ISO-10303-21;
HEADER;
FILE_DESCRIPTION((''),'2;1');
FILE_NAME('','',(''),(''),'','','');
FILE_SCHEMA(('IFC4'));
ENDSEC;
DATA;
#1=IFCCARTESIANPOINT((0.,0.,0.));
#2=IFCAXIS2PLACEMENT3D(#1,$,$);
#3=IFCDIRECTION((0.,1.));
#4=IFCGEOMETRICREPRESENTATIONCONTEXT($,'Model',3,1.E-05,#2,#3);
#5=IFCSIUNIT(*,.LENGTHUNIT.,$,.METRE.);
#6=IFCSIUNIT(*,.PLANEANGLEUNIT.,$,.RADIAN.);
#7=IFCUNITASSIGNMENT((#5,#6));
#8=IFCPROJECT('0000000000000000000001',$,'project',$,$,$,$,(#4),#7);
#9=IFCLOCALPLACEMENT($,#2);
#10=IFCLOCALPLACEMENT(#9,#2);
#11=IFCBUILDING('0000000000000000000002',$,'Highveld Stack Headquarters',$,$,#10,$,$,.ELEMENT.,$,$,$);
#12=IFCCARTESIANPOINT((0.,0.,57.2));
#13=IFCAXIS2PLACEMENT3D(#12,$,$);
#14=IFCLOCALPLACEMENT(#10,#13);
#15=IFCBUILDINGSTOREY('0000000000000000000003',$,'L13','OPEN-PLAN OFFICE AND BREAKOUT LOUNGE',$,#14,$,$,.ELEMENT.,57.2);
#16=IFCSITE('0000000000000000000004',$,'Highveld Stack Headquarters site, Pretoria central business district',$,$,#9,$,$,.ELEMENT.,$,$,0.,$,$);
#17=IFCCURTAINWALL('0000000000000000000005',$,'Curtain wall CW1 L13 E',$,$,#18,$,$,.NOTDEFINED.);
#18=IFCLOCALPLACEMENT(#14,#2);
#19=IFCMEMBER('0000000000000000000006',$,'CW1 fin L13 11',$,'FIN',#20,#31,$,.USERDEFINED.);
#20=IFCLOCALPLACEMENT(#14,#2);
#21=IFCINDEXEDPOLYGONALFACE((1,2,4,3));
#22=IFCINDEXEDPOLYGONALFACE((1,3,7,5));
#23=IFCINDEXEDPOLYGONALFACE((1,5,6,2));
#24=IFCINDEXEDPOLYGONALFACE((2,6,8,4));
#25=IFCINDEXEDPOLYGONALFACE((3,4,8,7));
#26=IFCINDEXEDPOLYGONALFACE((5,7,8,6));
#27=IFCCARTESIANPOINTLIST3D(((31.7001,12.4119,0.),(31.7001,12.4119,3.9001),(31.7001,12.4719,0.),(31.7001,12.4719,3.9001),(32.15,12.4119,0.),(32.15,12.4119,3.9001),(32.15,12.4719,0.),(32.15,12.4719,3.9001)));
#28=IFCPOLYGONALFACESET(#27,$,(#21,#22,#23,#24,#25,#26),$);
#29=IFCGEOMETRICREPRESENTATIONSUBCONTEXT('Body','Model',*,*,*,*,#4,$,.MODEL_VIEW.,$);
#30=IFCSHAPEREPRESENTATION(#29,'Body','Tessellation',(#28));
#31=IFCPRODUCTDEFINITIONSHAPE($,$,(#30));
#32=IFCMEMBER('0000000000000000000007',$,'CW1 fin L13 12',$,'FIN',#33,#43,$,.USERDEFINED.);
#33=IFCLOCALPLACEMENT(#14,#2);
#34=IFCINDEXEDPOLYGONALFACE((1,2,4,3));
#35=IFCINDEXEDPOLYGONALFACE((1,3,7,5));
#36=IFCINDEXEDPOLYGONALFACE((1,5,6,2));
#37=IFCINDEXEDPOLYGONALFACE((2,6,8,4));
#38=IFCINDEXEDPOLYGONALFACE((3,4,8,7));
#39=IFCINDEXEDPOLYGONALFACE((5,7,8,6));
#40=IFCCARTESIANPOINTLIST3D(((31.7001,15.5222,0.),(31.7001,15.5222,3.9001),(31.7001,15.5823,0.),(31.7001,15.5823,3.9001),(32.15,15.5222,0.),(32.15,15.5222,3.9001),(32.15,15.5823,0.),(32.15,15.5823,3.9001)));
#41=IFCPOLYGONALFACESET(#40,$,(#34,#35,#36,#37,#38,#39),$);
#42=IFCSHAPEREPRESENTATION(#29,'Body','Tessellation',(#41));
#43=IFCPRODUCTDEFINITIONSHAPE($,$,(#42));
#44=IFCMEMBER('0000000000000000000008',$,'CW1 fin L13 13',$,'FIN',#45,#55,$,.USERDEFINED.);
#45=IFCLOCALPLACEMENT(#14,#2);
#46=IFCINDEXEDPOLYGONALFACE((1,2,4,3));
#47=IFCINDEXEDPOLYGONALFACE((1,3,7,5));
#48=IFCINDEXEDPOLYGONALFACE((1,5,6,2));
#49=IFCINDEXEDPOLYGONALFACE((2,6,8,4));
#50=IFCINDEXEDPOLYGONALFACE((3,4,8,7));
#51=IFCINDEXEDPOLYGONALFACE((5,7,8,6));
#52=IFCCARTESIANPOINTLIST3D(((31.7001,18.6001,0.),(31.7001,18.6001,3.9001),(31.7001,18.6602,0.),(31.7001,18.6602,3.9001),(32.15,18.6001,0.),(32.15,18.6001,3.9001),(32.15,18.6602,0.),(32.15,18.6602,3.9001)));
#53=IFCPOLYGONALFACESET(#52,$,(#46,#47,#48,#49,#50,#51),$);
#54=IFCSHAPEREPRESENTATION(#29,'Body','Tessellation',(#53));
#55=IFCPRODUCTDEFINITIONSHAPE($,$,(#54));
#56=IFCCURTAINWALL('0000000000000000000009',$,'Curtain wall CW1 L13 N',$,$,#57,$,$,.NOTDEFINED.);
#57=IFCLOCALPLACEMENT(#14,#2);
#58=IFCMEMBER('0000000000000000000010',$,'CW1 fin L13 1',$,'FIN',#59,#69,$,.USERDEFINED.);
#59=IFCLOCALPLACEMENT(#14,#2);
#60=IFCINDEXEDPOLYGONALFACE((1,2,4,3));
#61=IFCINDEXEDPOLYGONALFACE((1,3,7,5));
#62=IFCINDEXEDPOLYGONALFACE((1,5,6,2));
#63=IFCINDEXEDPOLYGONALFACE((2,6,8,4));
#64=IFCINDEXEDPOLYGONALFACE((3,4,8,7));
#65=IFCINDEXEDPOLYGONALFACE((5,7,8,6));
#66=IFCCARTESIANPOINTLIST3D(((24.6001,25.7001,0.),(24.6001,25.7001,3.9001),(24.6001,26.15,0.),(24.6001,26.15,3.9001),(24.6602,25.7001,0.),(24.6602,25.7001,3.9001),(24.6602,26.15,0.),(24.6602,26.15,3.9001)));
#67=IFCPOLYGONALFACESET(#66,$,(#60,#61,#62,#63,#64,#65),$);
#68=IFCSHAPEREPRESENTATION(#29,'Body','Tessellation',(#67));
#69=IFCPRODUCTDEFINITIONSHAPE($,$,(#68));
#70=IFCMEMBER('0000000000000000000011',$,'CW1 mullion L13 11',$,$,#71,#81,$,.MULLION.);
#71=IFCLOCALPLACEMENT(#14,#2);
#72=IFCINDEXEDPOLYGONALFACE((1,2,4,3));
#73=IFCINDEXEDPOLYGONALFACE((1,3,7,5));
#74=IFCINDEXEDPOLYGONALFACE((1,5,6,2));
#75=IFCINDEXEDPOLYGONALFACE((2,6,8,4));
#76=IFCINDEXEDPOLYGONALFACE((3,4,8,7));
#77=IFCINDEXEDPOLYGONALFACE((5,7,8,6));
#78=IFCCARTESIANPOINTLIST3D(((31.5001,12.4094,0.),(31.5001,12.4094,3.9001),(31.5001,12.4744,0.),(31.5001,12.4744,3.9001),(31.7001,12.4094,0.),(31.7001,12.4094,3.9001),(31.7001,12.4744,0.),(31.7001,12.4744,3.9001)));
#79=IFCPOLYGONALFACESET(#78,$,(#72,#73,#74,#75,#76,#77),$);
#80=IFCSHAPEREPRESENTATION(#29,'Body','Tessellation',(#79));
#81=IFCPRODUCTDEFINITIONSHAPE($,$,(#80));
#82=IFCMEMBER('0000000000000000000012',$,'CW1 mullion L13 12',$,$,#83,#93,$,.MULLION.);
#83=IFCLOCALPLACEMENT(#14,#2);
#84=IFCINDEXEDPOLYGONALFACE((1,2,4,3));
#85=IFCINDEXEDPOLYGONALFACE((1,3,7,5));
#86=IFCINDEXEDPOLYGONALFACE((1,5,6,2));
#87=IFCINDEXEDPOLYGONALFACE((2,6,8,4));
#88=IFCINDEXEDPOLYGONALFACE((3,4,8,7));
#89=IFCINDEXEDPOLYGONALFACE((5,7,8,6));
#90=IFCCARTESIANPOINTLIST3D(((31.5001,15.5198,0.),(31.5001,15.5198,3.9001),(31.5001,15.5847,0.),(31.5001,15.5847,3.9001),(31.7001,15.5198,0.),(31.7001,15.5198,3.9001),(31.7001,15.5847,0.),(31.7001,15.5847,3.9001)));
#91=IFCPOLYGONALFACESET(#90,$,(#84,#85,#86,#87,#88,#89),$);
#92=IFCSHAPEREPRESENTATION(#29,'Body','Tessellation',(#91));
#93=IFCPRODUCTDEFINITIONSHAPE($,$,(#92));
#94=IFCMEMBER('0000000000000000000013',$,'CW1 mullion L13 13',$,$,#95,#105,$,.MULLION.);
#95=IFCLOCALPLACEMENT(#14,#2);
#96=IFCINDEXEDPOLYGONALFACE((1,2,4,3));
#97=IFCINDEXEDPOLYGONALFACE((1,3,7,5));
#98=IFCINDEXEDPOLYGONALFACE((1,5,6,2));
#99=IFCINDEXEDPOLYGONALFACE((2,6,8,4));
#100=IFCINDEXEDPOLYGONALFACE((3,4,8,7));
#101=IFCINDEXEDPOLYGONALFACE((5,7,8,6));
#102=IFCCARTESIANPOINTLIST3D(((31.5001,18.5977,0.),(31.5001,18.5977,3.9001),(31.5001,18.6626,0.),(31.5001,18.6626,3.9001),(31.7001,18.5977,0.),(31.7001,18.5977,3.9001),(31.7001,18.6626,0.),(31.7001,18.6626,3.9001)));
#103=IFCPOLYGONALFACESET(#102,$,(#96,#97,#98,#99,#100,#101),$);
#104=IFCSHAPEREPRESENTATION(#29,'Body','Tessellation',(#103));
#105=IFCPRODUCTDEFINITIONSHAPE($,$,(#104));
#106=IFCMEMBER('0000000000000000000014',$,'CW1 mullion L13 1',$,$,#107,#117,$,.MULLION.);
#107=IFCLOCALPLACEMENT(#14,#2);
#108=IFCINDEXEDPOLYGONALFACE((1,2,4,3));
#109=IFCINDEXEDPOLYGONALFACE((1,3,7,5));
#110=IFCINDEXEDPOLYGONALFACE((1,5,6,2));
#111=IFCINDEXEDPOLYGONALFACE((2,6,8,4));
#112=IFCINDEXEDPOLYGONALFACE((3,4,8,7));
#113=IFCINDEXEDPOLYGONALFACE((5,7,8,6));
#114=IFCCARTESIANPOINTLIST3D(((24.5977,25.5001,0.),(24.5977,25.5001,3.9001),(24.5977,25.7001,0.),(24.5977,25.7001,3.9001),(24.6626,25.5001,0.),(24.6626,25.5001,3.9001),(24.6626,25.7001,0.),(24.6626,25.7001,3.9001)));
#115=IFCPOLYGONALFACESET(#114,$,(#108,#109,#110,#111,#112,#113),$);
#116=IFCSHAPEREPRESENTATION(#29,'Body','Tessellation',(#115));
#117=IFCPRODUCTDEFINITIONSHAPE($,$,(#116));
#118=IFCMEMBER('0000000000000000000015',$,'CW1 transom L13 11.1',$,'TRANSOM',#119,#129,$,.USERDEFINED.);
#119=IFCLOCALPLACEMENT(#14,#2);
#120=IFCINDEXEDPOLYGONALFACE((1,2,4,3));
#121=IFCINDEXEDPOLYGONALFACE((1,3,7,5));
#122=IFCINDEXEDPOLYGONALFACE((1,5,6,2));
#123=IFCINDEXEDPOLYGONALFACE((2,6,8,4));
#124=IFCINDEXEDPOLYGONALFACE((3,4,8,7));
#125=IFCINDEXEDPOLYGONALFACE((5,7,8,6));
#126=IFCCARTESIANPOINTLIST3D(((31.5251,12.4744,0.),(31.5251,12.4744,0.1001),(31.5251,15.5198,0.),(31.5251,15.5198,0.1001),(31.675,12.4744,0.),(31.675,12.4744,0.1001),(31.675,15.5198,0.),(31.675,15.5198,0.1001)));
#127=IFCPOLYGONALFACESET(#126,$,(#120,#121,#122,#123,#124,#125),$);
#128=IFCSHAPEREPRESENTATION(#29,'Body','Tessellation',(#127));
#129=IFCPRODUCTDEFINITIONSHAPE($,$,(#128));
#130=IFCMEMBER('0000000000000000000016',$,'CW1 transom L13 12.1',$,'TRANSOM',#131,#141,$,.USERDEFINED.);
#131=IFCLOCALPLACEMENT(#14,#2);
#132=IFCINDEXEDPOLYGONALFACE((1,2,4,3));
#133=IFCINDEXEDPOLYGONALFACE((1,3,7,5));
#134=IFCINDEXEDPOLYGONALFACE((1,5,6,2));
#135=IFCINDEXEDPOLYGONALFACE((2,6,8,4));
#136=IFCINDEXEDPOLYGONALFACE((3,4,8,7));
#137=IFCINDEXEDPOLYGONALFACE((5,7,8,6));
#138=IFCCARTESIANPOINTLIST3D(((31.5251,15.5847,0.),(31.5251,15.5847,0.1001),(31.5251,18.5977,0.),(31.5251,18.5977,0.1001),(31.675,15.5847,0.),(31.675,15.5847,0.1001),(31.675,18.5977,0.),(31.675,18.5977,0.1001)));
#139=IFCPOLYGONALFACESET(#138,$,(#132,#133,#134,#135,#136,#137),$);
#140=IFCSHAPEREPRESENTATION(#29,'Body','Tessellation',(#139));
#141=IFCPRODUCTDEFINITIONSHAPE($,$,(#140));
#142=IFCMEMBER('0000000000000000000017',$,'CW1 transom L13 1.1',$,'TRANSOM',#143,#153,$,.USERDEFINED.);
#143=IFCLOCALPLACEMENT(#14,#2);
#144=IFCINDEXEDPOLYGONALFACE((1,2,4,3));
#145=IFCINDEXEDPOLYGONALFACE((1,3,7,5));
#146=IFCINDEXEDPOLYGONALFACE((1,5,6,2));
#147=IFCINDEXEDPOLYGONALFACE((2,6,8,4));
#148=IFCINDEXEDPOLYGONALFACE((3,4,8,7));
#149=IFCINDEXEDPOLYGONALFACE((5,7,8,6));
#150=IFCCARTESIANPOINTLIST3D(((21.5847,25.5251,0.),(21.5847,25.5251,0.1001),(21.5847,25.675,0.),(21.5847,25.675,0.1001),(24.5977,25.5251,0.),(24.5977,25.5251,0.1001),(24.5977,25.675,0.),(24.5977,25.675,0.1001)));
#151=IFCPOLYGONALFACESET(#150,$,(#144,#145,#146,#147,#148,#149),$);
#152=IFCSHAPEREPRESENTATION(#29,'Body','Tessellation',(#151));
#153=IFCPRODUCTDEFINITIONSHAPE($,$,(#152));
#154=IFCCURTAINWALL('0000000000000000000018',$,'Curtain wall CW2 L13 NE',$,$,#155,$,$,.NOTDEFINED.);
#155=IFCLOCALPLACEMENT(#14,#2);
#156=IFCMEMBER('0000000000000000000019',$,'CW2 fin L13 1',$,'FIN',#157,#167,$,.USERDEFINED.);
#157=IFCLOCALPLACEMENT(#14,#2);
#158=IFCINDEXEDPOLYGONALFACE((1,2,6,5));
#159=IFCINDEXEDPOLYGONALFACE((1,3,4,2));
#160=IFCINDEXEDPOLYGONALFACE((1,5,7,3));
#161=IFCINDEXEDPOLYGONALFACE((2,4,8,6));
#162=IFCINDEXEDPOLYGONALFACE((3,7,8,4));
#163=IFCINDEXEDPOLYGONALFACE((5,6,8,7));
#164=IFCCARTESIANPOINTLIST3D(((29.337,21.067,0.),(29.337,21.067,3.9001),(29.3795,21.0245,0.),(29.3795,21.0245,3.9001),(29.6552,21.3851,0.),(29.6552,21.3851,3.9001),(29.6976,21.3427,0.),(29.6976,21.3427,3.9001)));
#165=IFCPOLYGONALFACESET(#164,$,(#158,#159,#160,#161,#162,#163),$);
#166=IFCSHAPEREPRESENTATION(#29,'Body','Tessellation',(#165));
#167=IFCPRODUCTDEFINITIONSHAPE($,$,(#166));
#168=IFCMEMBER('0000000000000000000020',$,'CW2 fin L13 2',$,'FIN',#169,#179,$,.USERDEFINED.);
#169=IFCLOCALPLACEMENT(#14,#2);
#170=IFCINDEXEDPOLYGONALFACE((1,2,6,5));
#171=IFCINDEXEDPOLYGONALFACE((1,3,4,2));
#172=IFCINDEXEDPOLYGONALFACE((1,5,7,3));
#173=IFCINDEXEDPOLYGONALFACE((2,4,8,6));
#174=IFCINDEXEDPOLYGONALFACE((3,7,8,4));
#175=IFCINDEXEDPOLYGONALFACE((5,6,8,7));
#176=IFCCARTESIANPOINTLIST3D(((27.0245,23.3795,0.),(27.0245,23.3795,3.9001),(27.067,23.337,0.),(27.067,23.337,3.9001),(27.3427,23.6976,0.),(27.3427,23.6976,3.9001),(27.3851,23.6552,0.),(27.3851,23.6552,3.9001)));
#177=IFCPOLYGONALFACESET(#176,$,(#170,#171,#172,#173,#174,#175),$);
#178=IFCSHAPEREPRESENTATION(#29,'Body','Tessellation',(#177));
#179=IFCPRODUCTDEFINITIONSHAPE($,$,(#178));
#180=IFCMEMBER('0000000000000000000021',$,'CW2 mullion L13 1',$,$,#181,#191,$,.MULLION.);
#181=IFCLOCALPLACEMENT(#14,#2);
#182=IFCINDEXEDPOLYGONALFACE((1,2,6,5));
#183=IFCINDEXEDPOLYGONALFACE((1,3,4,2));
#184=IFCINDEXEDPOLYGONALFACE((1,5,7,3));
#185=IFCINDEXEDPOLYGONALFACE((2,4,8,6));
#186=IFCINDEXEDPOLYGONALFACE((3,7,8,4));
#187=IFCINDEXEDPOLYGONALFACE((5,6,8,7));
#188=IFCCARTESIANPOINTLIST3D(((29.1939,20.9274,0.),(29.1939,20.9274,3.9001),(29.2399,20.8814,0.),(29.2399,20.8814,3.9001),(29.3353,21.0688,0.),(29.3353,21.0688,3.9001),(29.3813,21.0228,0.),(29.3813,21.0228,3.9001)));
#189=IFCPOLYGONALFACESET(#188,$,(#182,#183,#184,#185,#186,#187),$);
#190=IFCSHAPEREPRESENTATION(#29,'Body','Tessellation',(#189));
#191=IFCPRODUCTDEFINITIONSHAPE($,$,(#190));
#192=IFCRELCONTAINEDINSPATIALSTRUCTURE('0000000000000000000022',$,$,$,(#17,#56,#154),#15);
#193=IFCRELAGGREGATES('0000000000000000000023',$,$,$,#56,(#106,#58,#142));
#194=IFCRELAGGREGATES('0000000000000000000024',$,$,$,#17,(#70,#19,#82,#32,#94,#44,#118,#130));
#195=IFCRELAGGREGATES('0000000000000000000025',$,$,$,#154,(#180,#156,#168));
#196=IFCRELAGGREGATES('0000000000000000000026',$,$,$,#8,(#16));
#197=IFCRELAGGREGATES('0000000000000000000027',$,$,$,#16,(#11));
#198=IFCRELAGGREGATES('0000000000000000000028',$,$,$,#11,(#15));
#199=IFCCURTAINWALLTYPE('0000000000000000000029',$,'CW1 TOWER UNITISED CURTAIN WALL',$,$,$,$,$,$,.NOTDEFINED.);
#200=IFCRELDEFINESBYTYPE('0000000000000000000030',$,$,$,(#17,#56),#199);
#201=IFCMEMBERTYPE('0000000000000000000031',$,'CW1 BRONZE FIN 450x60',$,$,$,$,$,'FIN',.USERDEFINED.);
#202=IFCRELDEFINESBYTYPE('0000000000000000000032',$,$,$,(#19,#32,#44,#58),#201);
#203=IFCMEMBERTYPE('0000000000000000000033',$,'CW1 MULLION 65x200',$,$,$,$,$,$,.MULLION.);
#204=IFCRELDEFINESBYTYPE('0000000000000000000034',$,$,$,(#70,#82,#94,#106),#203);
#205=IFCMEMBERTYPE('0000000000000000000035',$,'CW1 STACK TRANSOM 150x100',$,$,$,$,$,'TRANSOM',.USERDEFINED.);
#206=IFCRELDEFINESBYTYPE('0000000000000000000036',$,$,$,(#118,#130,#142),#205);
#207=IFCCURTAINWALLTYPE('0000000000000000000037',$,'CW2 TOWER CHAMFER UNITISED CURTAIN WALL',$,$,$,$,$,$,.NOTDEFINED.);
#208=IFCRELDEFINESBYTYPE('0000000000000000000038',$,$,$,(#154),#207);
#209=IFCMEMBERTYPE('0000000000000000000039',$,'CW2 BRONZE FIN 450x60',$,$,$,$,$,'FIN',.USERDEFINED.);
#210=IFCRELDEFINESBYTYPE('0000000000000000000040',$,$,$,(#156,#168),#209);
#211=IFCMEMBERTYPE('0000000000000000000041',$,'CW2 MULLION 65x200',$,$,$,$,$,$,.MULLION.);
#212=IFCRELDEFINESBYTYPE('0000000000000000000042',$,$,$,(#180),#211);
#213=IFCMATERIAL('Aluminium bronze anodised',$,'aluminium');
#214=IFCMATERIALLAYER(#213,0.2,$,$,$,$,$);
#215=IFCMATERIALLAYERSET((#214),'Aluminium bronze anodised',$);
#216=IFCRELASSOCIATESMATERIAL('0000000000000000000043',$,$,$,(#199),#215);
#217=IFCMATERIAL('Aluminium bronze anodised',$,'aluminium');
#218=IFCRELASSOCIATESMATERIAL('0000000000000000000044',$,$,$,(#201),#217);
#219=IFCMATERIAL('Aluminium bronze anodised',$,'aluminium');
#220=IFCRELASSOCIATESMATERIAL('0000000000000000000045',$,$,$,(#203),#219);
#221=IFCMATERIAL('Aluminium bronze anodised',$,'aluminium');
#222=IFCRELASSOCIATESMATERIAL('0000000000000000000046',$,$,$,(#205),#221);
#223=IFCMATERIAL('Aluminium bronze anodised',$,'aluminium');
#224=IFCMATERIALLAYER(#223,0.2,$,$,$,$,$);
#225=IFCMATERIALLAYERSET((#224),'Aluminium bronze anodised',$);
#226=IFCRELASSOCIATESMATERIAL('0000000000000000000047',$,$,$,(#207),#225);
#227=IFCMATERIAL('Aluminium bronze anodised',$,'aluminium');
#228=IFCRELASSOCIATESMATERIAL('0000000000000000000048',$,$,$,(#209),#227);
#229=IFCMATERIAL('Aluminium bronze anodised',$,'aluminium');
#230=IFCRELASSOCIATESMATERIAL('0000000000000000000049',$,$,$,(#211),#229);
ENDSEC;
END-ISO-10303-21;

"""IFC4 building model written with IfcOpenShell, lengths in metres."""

from ifc_helpers import new_model, si_unit, direction, frame, origin, origin_2d, place, context, subcontext, project, spatial, rectangle, extrude, material, layer, layer_set, material_profile, profile_set, type_object, element, aggregate, save


model = new_model("IFC4")

# Units and contexts
model_context = context("Model", 3, precision=1e-05, world=origin(), true_north=direction((0.0, 1.0)))
body_context = subcontext(model_context, "Body", "Model", "MODEL_VIEW")
ifc_project = project(units=[si_unit("LENGTHUNIT", "METRE"), si_unit("PLANEANGLEUNIT", "RADIAN")], contexts=[model_context])

# Site, building, storey
site_placement = place(None, origin())
site = spatial("IfcSite", under=ifc_project, at=site_placement, Name="Highveld Stack Headquarters site, Pretoria central business district", CompositionType="ELEMENT", RefElevation=0.0)
building_placement = place(site_placement, origin())
building = spatial("IfcBuilding", under=site, at=building_placement, Name="Highveld Stack Headquarters", CompositionType="ELEMENT")
storey_placement = place(building_placement, frame((0.0, 0.0, 57.2)))
storey = spatial("IfcBuildingStorey", under=building, at=storey_placement, Name="L13", Description="OPEN-PLAN OFFICE AND BREAKOUT LOUNGE", CompositionType="ELEMENT", Elevation=57.2)

# Curtain wall, members
ifc_material_1 = material(Name="Aluminium bronze anodised", Category="aluminium")
ifc_layer_1 = layer(ifc_material_1, 0.2)
ifc_layer_set_1 = layer_set([ifc_layer_1], Name="Aluminium bronze anodised")
curtain_wall_type_1 = type_object("IfcCurtainWallType", Name="CW1 TOWER UNITISED CURTAIN WALL", PredefinedType="NOTDEFINED", material=ifc_layer_set_1)
curtain_wall_1_placement = place(storey_placement, origin())
curtain_wall_1 = element("IfcCurtainWall", 1, at=curtain_wall_1_placement, inside=storey, type_object=curtain_wall_type_1, Name="Curtain wall CW1 L13 E", PredefinedType="NOTDEFINED")
ifc_material_2 = material(Name="Aluminium bronze anodised", Category="aluminium")
ifc_material_profile_1 = material_profile(ifc_material_2, rectangle(XDim=0.45, YDim=0.0601, at=origin_2d()), Name="FIN 450x60")
ifc_profile_set_1 = profile_set([ifc_material_profile_1], Name="Aluminium bronze anodised")
member_type_1 = type_object("IfcMemberType", Name="CW1 BRONZE FIN 450x60", ElementType="FIN", PredefinedType="USERDEFINED", material=ifc_profile_set_1)
member_1_placement = place(storey_placement, frame((31.925, 12.4419, 0.0), z_axis=(0.0, 0.0, 1.0), x_axis=(-1.0, 0.0, 0.0)))
member_1 = element("IfcMember", 2, at=member_1_placement, type_object=member_type_1, Name="CW1 fin L13 11", ObjectType="FIN", PredefinedType="USERDEFINED", context=body_context, shape_type="SweptSolid", body=[
    extrude(rectangle(XDim=0.45, YDim=0.0601, at=origin_2d()), origin(), (0.0, 0.0, 1.0), 3.9001),
])
member_2_placement = place(storey_placement, frame((31.925, 15.5522, 0.0), z_axis=(0.0, 0.0, 1.0), x_axis=(-1.0, 0.0, 0.0)))
member_2 = element("IfcMember", 3, at=member_2_placement, type_object=member_type_1, Name="CW1 fin L13 12", ObjectType="FIN", PredefinedType="USERDEFINED", context=body_context, shape_type="SweptSolid", body=[
    extrude(rectangle(XDim=0.45, YDim=0.0601, at=origin_2d()), origin(), (0.0, 0.0, 1.0), 3.9001),
])
member_3_placement = place(storey_placement, frame((31.925, 18.6301, 0.0), z_axis=(0.0, 0.0, 1.0), x_axis=(-1.0, 0.0, 0.0)))
member_3 = element("IfcMember", 4, at=member_3_placement, type_object=member_type_1, Name="CW1 fin L13 13", ObjectType="FIN", PredefinedType="USERDEFINED", context=body_context, shape_type="SweptSolid", body=[
    extrude(rectangle(XDim=0.45, YDim=0.0601, at=origin_2d()), origin(), (0.0, 0.0, 1.0), 3.9001),
])

# Curtain wall, member
curtain_wall_2_placement = place(storey_placement, origin())
curtain_wall_2 = element("IfcCurtainWall", 5, at=curtain_wall_2_placement, inside=storey, type_object=curtain_wall_type_1, Name="Curtain wall CW1 L13 N", PredefinedType="NOTDEFINED")
member_4_placement = place(storey_placement, frame((24.6301, 25.925, 0.0), z_axis=(0.0, 0.0, 1.0), x_axis=(0.0, -1.0, 0.0)))
member_4 = element("IfcMember", 6, at=member_4_placement, type_object=member_type_1, Name="CW1 fin L13 1", ObjectType="FIN", PredefinedType="USERDEFINED", context=body_context, shape_type="SweptSolid", body=[
    extrude(rectangle(XDim=0.45, YDim=0.0601, at=origin_2d()), origin(), (0.0, 0.0, 1.0), 3.9001),
])

# Members
ifc_material_3 = material(Name="Aluminium bronze anodised", Category="aluminium")
ifc_material_profile_2 = material_profile(ifc_material_3, rectangle(XDim=0.2, YDim=0.0649, at=origin_2d()), Name="CW1 MULLION 65x200")
ifc_profile_set_2 = profile_set([ifc_material_profile_2], Name="Aluminium bronze anodised")
member_type_2 = type_object("IfcMemberType", Name="CW1 MULLION 65x200", PredefinedType="MULLION", material=ifc_profile_set_2)
member_5_placement = place(storey_placement, frame((31.6001, 12.4419, 0.0), z_axis=(0.0, 0.0, 1.0), x_axis=(-1.0, 0.0, 0.0)))
member_5 = element("IfcMember", 7, at=member_5_placement, type_object=member_type_2, Name="CW1 mullion L13 11", PredefinedType="MULLION", context=body_context, shape_type="SweptSolid", body=[
    extrude(rectangle(XDim=0.2, YDim=0.0649, at=origin_2d()), origin(), (0.0, 0.0, 1.0), 3.9001),
])
member_6_placement = place(storey_placement, frame((31.6001, 15.5522, 0.0), z_axis=(0.0, 0.0, 1.0), x_axis=(-1.0, 0.0, 0.0)))
member_6 = element("IfcMember", 8, at=member_6_placement, type_object=member_type_2, Name="CW1 mullion L13 12", PredefinedType="MULLION", context=body_context, shape_type="SweptSolid", body=[
    extrude(rectangle(XDim=0.2, YDim=0.0649, at=origin_2d()), origin(), (0.0, 0.0, 1.0), 3.9001),
])
member_7_placement = place(storey_placement, frame((31.6001, 18.6301, 0.0), z_axis=(0.0, 0.0, 1.0), x_axis=(-1.0, 0.0, 0.0)))
member_7 = element("IfcMember", 9, at=member_7_placement, type_object=member_type_2, Name="CW1 mullion L13 13", PredefinedType="MULLION", context=body_context, shape_type="SweptSolid", body=[
    extrude(rectangle(XDim=0.2, YDim=0.0649, at=origin_2d()), origin(), (0.0, 0.0, 1.0), 3.9001),
])
member_8_placement = place(storey_placement, frame((24.6301, 25.6001, 0.0), z_axis=(0.0, 0.0, 1.0), x_axis=(0.0, -1.0, 0.0)))
member_8 = element("IfcMember", 10, at=member_8_placement, type_object=member_type_2, Name="CW1 mullion L13 1", PredefinedType="MULLION", context=body_context, shape_type="SweptSolid", body=[
    extrude(rectangle(XDim=0.2, YDim=0.0649, at=origin_2d()), origin(), (0.0, 0.0, 1.0), 3.9001),
])
ifc_material_4 = material(Name="Aluminium bronze anodised", Category="aluminium")
ifc_material_profile_3 = material_profile(ifc_material_4, rectangle(XDim=0.1499, YDim=0.1001, at=origin_2d()), Name="CW1 TRANSOM 150x100")
ifc_profile_set_3 = profile_set([ifc_material_profile_3], Name="Aluminium bronze anodised")
member_type_3 = type_object("IfcMemberType", Name="CW1 STACK TRANSOM 150x100", ElementType="TRANSOM", PredefinedType="USERDEFINED", material=ifc_profile_set_3)
member_9_placement = place(storey_placement, frame((31.6001, 12.4744, 0.05), z_axis=(0.0, 1.0, 0.0), x_axis=(-1.0, 0.0, 0.0)))
member_9 = element("IfcMember", 11, at=member_9_placement, type_object=member_type_3, Name="CW1 transom L13 11.1", ObjectType="TRANSOM", PredefinedType="USERDEFINED", context=body_context, shape_type="SweptSolid", body=[
    extrude(rectangle(XDim=0.1499, YDim=0.1001, at=origin_2d()), origin(), (0.0, 0.0, 1.0), 3.0454),
])
member_10_placement = place(storey_placement, frame((31.6001, 15.5847, 0.05), z_axis=(0.0, 1.0, 0.0), x_axis=(-1.0, 0.0, 0.0)))
member_10 = element("IfcMember", 12, at=member_10_placement, type_object=member_type_3, Name="CW1 transom L13 12.1", ObjectType="TRANSOM", PredefinedType="USERDEFINED", context=body_context, shape_type="SweptSolid", body=[
    extrude(rectangle(XDim=0.1499, YDim=0.1001, at=origin_2d()), origin(), (0.0, 0.0, 1.0), 3.0129),
])
member_11_placement = place(storey_placement, frame((24.5977, 25.6001, 0.05), z_axis=(-1.0, 0.0, 0.0), x_axis=(0.0, -1.0, 0.0)))
member_11 = element("IfcMember", 13, at=member_11_placement, type_object=member_type_3, Name="CW1 transom L13 1.1", ObjectType="TRANSOM", PredefinedType="USERDEFINED", context=body_context, shape_type="SweptSolid", body=[
    extrude(rectangle(XDim=0.1499, YDim=0.1001, at=origin_2d()), origin(), (0.0, 0.0, 1.0), 3.0129),
])
aggregate(curtain_wall_2, [member_8, member_4, member_11])

# Curtain wall, members
ifc_material_5 = material(Name="Aluminium bronze anodised", Category="aluminium")
ifc_layer_2 = layer(ifc_material_5, 0.2)
ifc_layer_set_2 = layer_set([ifc_layer_2], Name="Aluminium bronze anodised")
curtain_wall_type_2 = type_object("IfcCurtainWallType", Name="CW2 TOWER CHAMFER UNITISED CURTAIN WALL", PredefinedType="NOTDEFINED", material=ifc_layer_set_2)
curtain_wall_3_placement = place(storey_placement, origin())
curtain_wall_3 = element("IfcCurtainWall", 14, at=curtain_wall_3_placement, inside=storey, type_object=curtain_wall_type_2, Name="Curtain wall CW2 L13 NE", PredefinedType="NOTDEFINED")
ifc_material_6 = material(Name="Aluminium bronze anodised", Category="aluminium")
ifc_material_profile_4 = material_profile(ifc_material_6, rectangle(XDim=0.45, YDim=0.0601, at=origin_2d()), Name="FIN 450x60")
ifc_profile_set_4 = profile_set([ifc_material_profile_4], Name="Aluminium bronze anodised")
member_type_4 = type_object("IfcMemberType", Name="CW2 BRONZE FIN 450x60", ElementType="FIN", PredefinedType="USERDEFINED", material=ifc_profile_set_4)
member_12_placement = place(storey_placement, frame((29.5173, 21.2048, 0.0), z_axis=(0.0, 0.0, 1.0), x_axis=(-0.707107, -0.707107, 0.0)))
member_12 = element("IfcMember", 15, at=member_12_placement, type_object=member_type_4, Name="CW2 fin L13 1", ObjectType="FIN", PredefinedType="USERDEFINED", context=body_context, shape_type="SweptSolid", body=[
    extrude(rectangle(XDim=0.45, YDim=0.0601, at=origin_2d()), origin(), (0.0, 0.0, 1.0), 3.9001),
])
member_13_placement = place(storey_placement, frame((27.2048, 23.5173, 0.0), z_axis=(0.0, 0.0, 1.0), x_axis=(-0.707107, -0.707107, 0.0)))
member_13 = element("IfcMember", 16, at=member_13_placement, type_object=member_type_4, Name="CW2 fin L13 2", ObjectType="FIN", PredefinedType="USERDEFINED", context=body_context, shape_type="SweptSolid", body=[
    extrude(rectangle(XDim=0.45, YDim=0.0601, at=origin_2d()), origin(), (0.0, 0.0, 1.0), 3.9001),
])
ifc_material_7 = material(Name="Aluminium bronze anodised", Category="aluminium")
ifc_material_profile_5 = material_profile(ifc_material_7, rectangle(XDim=0.2, YDim=0.0649, at=origin_2d()), Name="CW2 MULLION 65x200")
ifc_profile_set_5 = profile_set([ifc_material_profile_5], Name="Aluminium bronze anodised")
member_type_5 = type_object("IfcMemberType", Name="CW2 MULLION 65x200", PredefinedType="MULLION", material=ifc_profile_set_5)
member_14_placement = place(storey_placement, frame((29.2876, 20.9751, 0.0), z_axis=(0.0, 0.0, 1.0), x_axis=(-0.707107, -0.707107, 0.0)))
member_14 = element("IfcMember", 17, at=member_14_placement, type_object=member_type_5, Name="CW2 mullion L13 1", PredefinedType="MULLION", context=body_context, shape_type="SweptSolid", body=[
    extrude(rectangle(XDim=0.2, YDim=0.0649, at=origin_2d()), origin(), (0.0, 0.0, 1.0), 3.9001),
])

aggregate(curtain_wall_1, [member_5, member_1, member_6, member_2, member_7, member_3, member_9, member_10])
aggregate(curtain_wall_3, [member_14, member_12, member_13])

save(model, "model.ifc")
